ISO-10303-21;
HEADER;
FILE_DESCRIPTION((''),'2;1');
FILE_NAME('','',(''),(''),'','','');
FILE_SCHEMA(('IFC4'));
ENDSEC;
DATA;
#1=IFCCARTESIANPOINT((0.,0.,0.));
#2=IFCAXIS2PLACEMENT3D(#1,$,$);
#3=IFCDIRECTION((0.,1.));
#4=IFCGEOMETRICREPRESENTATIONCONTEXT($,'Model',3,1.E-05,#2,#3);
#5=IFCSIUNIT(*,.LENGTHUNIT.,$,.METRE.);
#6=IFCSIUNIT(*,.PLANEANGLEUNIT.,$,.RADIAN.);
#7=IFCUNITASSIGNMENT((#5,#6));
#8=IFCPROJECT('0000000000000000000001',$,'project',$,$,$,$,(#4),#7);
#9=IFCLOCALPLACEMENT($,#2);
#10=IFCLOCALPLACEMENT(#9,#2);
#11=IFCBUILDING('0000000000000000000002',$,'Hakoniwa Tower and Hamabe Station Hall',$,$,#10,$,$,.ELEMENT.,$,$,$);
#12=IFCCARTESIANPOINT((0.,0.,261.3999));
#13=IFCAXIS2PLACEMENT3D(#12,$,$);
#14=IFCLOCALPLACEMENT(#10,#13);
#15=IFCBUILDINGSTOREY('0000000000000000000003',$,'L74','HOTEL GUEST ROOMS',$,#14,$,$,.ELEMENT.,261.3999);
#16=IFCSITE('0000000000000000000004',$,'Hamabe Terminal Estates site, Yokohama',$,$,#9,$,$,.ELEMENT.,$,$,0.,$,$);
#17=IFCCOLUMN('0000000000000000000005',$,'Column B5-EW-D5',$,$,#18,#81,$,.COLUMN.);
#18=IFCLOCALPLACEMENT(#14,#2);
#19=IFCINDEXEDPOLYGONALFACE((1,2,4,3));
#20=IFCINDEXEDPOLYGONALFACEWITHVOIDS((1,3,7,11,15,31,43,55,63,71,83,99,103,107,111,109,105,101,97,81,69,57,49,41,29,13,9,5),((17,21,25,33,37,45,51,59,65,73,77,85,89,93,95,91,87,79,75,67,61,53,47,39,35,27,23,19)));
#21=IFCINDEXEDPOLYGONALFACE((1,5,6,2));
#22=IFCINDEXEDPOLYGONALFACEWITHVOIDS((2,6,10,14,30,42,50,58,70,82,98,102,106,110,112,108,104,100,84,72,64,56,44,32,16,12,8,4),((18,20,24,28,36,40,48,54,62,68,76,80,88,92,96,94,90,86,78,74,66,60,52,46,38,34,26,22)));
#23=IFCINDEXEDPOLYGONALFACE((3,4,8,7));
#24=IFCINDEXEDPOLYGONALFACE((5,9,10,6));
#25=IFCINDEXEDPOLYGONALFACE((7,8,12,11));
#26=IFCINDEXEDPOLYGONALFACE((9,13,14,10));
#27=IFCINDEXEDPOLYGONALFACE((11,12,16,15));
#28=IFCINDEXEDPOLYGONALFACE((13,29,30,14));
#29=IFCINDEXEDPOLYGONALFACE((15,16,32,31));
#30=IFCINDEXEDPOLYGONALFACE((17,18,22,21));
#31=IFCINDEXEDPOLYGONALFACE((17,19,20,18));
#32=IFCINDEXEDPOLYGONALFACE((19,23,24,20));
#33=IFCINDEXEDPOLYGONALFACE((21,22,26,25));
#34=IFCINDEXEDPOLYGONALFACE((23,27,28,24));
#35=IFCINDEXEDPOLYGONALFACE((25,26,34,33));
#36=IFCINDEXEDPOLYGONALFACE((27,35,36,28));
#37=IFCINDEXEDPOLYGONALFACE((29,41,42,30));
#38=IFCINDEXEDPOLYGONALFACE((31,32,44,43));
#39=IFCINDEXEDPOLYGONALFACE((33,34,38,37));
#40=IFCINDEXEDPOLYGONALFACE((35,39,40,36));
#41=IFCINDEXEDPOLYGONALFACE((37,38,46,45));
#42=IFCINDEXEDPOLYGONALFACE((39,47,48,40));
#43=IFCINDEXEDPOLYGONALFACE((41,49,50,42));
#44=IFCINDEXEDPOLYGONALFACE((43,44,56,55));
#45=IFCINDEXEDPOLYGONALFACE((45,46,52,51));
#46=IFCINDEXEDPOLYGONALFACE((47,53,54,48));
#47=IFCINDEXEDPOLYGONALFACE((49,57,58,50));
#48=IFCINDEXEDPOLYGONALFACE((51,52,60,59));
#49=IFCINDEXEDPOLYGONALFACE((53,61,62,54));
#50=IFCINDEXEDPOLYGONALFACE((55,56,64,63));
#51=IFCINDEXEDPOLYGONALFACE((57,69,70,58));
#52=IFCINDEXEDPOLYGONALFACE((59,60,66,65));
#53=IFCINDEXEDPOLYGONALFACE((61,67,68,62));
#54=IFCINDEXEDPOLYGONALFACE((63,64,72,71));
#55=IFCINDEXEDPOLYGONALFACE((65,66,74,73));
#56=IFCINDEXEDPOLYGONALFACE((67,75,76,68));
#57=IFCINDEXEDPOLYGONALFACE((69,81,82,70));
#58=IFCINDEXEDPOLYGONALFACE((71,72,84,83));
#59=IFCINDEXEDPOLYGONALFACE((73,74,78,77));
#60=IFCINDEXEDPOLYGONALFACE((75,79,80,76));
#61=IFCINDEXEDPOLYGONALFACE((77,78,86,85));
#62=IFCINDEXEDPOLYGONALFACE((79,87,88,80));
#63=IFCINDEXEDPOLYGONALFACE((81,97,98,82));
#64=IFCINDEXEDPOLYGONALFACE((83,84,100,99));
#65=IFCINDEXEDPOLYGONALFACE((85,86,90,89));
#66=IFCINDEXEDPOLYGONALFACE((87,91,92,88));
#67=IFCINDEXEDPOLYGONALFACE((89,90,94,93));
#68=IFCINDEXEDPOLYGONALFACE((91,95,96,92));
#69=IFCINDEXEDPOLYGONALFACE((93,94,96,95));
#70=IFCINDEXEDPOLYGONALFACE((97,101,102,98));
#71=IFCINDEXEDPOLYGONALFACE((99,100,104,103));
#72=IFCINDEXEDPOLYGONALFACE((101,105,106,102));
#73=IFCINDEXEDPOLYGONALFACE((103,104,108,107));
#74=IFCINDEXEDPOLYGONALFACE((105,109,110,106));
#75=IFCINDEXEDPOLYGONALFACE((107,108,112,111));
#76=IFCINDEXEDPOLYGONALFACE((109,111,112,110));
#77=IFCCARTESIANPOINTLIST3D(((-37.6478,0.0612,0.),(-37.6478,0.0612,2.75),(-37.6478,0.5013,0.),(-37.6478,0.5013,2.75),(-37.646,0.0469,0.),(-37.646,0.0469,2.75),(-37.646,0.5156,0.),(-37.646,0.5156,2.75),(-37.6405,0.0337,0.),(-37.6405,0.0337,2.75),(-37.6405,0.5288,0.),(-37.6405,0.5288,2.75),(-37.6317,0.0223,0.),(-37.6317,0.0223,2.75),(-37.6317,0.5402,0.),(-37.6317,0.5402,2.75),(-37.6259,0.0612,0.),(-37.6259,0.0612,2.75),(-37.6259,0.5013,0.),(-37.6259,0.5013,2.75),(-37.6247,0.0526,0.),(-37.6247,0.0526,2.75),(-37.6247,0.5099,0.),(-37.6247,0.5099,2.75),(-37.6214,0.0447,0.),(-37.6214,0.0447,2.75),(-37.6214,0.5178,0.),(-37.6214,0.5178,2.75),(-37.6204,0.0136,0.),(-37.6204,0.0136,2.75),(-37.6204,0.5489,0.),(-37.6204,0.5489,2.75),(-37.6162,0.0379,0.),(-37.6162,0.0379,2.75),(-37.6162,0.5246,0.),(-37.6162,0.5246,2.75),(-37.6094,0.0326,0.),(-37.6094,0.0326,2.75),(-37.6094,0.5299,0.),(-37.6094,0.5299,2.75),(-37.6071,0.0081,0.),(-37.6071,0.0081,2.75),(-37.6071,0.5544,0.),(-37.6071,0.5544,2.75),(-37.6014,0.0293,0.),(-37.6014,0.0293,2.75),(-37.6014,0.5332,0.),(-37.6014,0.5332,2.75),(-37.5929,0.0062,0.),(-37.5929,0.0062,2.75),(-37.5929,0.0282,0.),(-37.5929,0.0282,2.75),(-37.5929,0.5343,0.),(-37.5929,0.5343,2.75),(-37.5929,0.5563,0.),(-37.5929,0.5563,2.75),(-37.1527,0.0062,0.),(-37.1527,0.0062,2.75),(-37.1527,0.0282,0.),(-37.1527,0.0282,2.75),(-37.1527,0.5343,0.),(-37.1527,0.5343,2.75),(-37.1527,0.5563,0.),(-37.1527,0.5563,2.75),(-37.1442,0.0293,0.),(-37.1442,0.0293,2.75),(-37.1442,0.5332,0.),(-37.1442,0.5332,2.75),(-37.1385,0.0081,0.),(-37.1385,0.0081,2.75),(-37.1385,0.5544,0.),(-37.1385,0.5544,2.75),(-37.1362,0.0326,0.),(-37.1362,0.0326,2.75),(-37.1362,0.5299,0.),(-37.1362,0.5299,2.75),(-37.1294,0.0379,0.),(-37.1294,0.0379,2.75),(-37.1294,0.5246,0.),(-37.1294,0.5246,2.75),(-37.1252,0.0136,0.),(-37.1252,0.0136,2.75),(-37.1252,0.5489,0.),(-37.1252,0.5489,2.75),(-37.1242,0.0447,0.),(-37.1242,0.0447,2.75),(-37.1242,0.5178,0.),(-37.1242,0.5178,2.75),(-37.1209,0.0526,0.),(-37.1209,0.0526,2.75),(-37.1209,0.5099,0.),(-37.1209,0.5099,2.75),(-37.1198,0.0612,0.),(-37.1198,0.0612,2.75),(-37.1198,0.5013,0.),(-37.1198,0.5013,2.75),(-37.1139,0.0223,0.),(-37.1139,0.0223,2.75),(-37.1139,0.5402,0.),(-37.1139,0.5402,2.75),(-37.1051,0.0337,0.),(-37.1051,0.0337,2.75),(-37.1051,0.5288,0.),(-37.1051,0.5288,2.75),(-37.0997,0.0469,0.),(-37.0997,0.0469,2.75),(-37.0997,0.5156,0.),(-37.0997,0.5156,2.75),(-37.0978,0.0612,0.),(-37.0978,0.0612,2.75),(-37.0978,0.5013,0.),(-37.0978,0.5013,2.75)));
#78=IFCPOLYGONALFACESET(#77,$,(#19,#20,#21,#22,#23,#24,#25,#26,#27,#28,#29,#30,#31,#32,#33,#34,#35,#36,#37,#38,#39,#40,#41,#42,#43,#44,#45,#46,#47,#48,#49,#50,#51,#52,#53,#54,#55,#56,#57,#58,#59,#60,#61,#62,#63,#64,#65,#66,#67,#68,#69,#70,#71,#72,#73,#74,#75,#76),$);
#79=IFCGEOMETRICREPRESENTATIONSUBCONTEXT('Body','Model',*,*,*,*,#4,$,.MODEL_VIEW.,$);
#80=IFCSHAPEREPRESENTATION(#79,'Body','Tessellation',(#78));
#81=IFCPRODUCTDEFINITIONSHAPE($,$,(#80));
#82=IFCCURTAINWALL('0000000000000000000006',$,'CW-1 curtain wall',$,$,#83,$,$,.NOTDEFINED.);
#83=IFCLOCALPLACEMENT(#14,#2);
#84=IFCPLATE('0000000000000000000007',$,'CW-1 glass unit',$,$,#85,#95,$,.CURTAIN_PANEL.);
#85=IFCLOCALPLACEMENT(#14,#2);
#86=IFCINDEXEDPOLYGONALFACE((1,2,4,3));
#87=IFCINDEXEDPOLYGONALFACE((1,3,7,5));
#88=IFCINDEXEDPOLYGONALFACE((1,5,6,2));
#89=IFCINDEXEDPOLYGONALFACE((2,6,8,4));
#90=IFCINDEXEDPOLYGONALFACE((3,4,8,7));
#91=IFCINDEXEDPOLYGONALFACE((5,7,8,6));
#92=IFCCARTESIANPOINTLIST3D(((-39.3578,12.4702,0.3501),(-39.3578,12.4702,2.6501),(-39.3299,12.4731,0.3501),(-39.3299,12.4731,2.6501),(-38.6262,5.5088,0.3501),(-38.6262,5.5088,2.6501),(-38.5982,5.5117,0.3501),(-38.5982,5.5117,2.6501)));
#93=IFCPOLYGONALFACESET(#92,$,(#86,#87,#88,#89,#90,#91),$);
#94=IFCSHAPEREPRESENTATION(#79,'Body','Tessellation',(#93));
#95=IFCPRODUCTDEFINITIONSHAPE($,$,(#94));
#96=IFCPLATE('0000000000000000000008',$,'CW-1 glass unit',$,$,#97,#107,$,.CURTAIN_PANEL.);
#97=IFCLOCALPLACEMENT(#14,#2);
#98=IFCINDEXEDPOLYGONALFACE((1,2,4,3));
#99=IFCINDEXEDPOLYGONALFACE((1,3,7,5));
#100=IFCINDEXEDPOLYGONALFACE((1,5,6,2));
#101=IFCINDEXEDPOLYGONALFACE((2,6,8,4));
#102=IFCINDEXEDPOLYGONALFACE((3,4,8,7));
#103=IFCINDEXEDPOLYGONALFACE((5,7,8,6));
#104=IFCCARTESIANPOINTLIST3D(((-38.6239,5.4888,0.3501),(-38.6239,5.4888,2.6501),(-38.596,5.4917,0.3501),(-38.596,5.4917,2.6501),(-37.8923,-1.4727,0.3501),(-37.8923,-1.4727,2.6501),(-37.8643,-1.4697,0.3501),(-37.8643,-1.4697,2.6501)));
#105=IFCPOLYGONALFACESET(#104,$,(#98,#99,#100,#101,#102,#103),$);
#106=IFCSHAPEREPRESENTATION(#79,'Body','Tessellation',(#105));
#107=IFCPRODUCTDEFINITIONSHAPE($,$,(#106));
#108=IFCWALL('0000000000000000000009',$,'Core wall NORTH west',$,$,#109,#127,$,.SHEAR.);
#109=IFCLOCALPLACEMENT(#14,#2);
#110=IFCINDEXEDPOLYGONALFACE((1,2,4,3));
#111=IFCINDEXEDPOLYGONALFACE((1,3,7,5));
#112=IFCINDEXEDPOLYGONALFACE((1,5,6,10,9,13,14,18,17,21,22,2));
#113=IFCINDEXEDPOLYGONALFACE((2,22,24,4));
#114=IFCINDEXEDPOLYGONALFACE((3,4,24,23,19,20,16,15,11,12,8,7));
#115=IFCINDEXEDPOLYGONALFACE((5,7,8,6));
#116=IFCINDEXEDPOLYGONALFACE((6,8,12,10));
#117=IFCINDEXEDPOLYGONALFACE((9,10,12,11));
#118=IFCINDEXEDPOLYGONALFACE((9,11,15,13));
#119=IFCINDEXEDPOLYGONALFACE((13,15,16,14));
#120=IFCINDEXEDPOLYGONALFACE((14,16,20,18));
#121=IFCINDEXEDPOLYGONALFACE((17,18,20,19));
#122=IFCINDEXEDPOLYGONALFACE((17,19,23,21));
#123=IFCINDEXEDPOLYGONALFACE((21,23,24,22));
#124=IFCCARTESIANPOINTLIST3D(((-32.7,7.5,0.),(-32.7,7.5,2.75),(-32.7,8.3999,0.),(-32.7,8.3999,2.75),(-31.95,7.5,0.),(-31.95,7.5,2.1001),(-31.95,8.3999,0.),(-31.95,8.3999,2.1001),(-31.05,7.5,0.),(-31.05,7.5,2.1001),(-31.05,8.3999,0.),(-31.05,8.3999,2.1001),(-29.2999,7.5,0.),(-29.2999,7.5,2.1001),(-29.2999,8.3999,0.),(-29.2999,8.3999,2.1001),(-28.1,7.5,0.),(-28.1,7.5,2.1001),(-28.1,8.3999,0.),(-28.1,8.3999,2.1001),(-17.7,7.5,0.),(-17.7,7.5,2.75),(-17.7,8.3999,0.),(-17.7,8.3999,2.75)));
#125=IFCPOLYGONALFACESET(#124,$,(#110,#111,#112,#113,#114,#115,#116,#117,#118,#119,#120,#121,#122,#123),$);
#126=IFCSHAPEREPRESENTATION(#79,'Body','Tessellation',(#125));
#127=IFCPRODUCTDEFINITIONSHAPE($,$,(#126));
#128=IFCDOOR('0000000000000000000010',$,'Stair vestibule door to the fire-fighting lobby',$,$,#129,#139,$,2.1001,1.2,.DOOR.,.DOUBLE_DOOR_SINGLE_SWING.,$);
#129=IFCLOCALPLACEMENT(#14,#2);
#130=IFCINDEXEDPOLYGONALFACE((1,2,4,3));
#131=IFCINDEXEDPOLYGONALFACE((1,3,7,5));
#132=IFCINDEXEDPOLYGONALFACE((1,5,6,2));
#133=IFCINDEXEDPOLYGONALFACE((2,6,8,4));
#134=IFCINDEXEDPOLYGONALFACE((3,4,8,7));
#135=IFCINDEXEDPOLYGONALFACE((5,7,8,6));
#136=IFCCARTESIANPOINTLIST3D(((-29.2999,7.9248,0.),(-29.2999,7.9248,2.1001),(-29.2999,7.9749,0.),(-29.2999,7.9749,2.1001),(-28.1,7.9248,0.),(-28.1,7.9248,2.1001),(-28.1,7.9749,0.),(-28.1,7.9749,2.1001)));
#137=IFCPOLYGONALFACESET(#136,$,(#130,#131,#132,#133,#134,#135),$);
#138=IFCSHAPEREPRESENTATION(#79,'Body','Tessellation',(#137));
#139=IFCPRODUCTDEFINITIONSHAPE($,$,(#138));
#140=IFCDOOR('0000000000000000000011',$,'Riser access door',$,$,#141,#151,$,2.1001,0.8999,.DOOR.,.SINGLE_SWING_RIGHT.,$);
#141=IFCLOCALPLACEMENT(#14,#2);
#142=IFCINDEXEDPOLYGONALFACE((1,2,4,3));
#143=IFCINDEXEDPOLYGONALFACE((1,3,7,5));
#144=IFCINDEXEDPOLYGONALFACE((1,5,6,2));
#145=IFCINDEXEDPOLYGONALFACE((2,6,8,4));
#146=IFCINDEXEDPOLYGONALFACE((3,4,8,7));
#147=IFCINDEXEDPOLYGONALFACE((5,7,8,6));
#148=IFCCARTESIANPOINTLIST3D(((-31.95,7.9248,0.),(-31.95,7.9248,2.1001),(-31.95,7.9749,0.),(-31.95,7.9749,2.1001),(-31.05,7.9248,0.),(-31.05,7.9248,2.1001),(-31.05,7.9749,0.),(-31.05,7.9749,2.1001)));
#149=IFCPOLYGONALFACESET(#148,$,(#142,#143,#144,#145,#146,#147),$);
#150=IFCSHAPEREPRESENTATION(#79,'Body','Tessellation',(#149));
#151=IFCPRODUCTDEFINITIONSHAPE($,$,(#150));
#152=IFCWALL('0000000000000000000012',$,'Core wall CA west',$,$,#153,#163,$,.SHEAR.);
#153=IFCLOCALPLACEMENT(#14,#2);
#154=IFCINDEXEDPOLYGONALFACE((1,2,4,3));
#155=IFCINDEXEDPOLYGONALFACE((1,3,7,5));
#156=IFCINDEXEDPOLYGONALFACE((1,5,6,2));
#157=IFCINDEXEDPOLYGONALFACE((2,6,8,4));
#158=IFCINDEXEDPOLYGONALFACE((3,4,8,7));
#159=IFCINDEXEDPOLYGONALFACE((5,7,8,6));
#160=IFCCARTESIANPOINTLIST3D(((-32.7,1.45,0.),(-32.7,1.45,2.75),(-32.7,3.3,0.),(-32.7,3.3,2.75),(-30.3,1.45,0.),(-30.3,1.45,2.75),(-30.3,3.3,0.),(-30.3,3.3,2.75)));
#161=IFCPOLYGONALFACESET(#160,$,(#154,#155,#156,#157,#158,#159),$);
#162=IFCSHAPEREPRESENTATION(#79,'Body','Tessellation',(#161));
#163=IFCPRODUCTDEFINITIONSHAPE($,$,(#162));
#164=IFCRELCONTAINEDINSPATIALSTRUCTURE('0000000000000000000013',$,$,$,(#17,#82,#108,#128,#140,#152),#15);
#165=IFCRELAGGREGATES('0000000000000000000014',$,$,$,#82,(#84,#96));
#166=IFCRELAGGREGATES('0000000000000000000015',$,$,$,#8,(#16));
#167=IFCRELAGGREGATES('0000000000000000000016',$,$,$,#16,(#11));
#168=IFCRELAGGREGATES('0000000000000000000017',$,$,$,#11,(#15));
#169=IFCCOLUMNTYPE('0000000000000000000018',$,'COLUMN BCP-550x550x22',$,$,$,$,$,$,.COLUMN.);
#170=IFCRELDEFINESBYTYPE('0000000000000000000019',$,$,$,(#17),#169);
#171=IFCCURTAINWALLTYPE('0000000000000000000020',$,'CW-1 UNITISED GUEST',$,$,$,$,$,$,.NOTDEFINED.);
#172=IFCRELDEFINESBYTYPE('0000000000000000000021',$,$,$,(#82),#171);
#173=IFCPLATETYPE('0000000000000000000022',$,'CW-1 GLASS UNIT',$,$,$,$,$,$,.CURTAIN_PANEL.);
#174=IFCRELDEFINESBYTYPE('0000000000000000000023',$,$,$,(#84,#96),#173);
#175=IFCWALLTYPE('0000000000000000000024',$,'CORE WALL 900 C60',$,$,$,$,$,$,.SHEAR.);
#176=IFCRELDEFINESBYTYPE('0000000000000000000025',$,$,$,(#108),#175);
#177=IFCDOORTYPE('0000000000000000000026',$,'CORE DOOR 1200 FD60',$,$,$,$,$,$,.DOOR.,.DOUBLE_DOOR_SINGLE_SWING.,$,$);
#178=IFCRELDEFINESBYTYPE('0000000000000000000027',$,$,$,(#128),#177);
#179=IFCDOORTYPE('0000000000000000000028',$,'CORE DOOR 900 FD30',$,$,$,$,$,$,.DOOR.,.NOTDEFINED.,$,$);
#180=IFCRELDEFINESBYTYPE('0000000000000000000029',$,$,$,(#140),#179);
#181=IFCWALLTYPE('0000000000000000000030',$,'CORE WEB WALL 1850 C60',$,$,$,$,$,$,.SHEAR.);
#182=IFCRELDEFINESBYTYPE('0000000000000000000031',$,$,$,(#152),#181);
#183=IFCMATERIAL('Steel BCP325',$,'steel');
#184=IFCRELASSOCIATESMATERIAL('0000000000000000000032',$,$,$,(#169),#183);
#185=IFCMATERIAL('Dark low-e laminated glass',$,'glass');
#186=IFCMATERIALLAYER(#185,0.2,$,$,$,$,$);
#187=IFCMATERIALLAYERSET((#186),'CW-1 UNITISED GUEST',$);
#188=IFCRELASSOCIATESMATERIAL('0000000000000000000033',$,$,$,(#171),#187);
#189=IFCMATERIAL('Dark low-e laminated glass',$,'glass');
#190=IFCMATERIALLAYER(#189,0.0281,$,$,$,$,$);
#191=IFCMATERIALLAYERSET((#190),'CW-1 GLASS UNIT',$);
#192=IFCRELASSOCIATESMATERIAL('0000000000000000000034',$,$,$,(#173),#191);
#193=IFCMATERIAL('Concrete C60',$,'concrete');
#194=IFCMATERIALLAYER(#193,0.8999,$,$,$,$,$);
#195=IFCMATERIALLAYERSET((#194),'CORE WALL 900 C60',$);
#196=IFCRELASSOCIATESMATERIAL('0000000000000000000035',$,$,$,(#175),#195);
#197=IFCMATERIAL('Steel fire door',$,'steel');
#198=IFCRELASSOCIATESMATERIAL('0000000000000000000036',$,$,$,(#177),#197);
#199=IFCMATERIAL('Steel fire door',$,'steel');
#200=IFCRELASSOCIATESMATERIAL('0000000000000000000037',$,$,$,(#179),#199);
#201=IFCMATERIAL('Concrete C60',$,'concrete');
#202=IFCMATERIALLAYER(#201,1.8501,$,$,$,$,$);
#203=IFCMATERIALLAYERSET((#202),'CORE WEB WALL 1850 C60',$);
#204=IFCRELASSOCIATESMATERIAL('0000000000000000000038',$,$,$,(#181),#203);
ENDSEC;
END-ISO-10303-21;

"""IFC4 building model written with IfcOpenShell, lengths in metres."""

from ifc_helpers import new_model, si_unit, direction, frame, frame_2d, origin, origin_2d, place, context, subcontext, project, spatial, rectangle, hollow_rectangle, extrude, material, layer, layer_set, material_profile, profile_set, type_object, element, fill, aggregate, save


model = new_model("IFC4")

# Units and contexts
model_context = context("Model", 3, precision=1e-05, world=origin(), true_north=direction((0.0, 1.0)))
body_context = subcontext(model_context, "Body", "Model", "MODEL_VIEW")
ifc_project = project(units=[si_unit("LENGTHUNIT", "METRE"), si_unit("PLANEANGLEUNIT", "RADIAN")], contexts=[model_context])

# Site, building, storey
site_placement = place(None, origin())
site = spatial("IfcSite", under=ifc_project, at=site_placement, Name="Hamabe Terminal Estates site, Yokohama", CompositionType="ELEMENT", RefElevation=0.0)
building_placement = place(site_placement, origin())
building = spatial("IfcBuilding", under=site, at=building_placement, Name="Hakoniwa Tower and Hamabe Station Hall", CompositionType="ELEMENT")
storey_placement = place(building_placement, frame((0.0, 0.0, 261.3999)))
storey = spatial("IfcBuildingStorey", under=building, at=storey_placement, Name="L74", Description="HOTEL GUEST ROOMS", CompositionType="ELEMENT", Elevation=261.3999)

# Column
ifc_material_1 = material(Name="Steel BCP325", Category="steel")
ifc_material_profile = material_profile(ifc_material_1, hollow_rectangle(XDim=0.55, YDim=0.55, WallThickness=0.022, InnerFilletRadius=0.033, OuterFilletRadius=0.0549, at=origin_2d()), Name="BCP-550x550x22")
ifc_profile_set = profile_set([ifc_material_profile], Name="Steel BCP325")
column_type = type_object("IfcColumnType", Name="COLUMN BCP-550x550x22", PredefinedType="COLUMN", material=ifc_profile_set)
column_placement = place(storey_placement, frame((-37.3728, 0.2812, 0.0), z_axis=(0.0, 0.0, 1.0), x_axis=(1.0, 0.0, 0.0)))
element("IfcColumn", 1, at=column_placement, inside=storey, type_object=column_type, Name="Column B5-EW-D5", PredefinedType="COLUMN", context=body_context, shape_type="SweptSolid", body=[
    extrude(hollow_rectangle(XDim=0.55, YDim=0.55, WallThickness=0.022, InnerFilletRadius=0.033, OuterFilletRadius=0.0549, at=origin_2d()), origin(), (0.0, 0.0, 1.0), 2.75),
])

# Curtain wall, plates
ifc_material_2 = material(Name="Dark low-e laminated glass", Category="glass")
ifc_layer_1 = layer(ifc_material_2, 0.2)
ifc_layer_set_1 = layer_set([ifc_layer_1], Name="CW-1 UNITISED GUEST")
curtain_wall_type = type_object("IfcCurtainWallType", Name="CW-1 UNITISED GUEST", PredefinedType="NOTDEFINED", material=ifc_layer_set_1)
curtain_wall_placement = place(storey_placement, origin())
curtain_wall = element("IfcCurtainWall", 2, at=curtain_wall_placement, inside=storey, type_object=curtain_wall_type, Name="CW-1 curtain wall", PredefinedType="NOTDEFINED")
ifc_material_3 = material(Name="Dark low-e laminated glass", Category="glass")
ifc_layer_2 = layer(ifc_material_3, 0.0281)
ifc_layer_set_2 = layer_set([ifc_layer_2], Name="CW-1 GLASS UNIT")
plate_type = type_object("IfcPlateType", Name="CW-1 GLASS UNIT", PredefinedType="CURTAIN_PANEL", material=ifc_layer_set_2)
plate_1_placement = place(storey_placement, frame((-38.978, 8.991, 0.3501), z_axis=(0.0, 0.0, 1.0), x_axis=(0.104528, -0.994522, 0.0)))
plate_1 = element("IfcPlate", 3, at=plate_1_placement, type_object=plate_type, Name="CW-1 glass unit", PredefinedType="CURTAIN_PANEL", context=body_context, shape_type="SweptSolid", body=[
    extrude(rectangle(XDim=6.9998, YDim=0.0281, at=origin_2d()), origin(), (0.0, 0.0, 1.0), 2.3),
])
plate_2_placement = place(storey_placement, frame((-38.2441, 2.0095, 0.3501), z_axis=(0.0, 0.0, 1.0), x_axis=(0.104528, -0.994522, 0.0)))
plate_2 = element("IfcPlate", 4, at=plate_2_placement, type_object=plate_type, Name="CW-1 glass unit", PredefinedType="CURTAIN_PANEL", context=body_context, shape_type="SweptSolid", body=[
    extrude(rectangle(XDim=6.9998, YDim=0.0281, at=origin_2d()), origin(), (0.0, 0.0, 1.0), 2.3),
])
aggregate(curtain_wall, [plate_1, plate_2])

# Wall, openings, doors
ifc_material_4 = material(Name="Concrete C60", Category="concrete")
ifc_layer_3 = layer(ifc_material_4, 0.8999)
ifc_layer_set_3 = layer_set([ifc_layer_3], Name="CORE WALL 900 C60")
wall_type_1 = type_object("IfcWallType", Name="CORE WALL 900 C60", PredefinedType="SHEAR", material=ifc_layer_set_3)
wall_1_placement = place(storey_placement, frame((-32.7, 7.95, 0.0), z_axis=(0.0, 0.0, 1.0), x_axis=(1.0, 0.0, 0.0)))
wall_1 = element("IfcWall", 5, at=wall_1_placement, inside=storey, type_object=wall_type_1, Name="Core wall NORTH west", PredefinedType="SHEAR", context=body_context, shape_type="SweptSolid", body=[
    extrude(rectangle(XDim=15.0, YDim=0.8999, at=frame_2d((7.5, 0.0))), origin(), (0.0, 0.0, 1.0), 2.75),
])
opening_1_placement = place(wall_1_placement, frame((3.3999, 0.0, 0.0)))
opening_1 = element("IfcOpeningElement", 6, at=opening_1_placement, cuts=wall_1, PredefinedType="OPENING", context=body_context, shape_type="SweptSolid", body=[
    extrude(rectangle(XDim=1.2, YDim=2.1001, at=frame_2d((0.6001, 1.05))), frame((0.0, 0.46, 0.0), z_axis=(0.0, -1.0, 0.0), x_axis=(1.0, 0.0, 0.0)), (0.0, 0.0, 1.0), 0.9199),
])
opening_2_placement = place(wall_1_placement, frame((0.75, 0.0, 0.0)))
opening_2 = element("IfcOpeningElement", 7, at=opening_2_placement, cuts=wall_1, PredefinedType="OPENING", context=body_context, shape_type="SweptSolid", body=[
    extrude(rectangle(XDim=0.8999, YDim=2.1001, at=frame_2d((0.45, 1.05))), frame((0.0, 0.46, 0.0), z_axis=(0.0, -1.0, 0.0), x_axis=(1.0, 0.0, 0.0)), (0.0, 0.0, 1.0), 0.9199),
])
ifc_material_5 = material(Name="Steel fire door", Category="steel")
door_type_1 = type_object("IfcDoorType", Name="CORE DOOR 1200 FD60", OperationType="DOUBLE_DOOR_SINGLE_SWING", PredefinedType="DOOR", material=ifc_material_5)
door_1_placement = place(opening_1_placement, origin())
door_1 = element("IfcDoor", 8, at=door_1_placement, inside=storey, type_object=door_type_1, Name="Stair vestibule door to the fire-fighting lobby", OperationType="DOUBLE_DOOR_SINGLE_SWING", OverallHeight=2.1001, OverallWidth=1.2, PredefinedType="DOOR", context=body_context, shape_type="SweptSolid", body=[
    extrude(rectangle(XDim=1.2, YDim=2.1001, at=frame_2d((0.6001, 1.05))), frame((0.0, 0.0249, 0.0), z_axis=(0.0, -1.0, 0.0), x_axis=(1.0, 0.0, 0.0)), (0.0, 0.0, 1.0), 0.05),
])
fill(opening_1, door_1)
ifc_material_6 = material(Name="Steel fire door", Category="steel")
door_type_2 = type_object("IfcDoorType", Name="CORE DOOR 900 FD30", OperationType="NOTDEFINED", PredefinedType="DOOR", material=ifc_material_6)
door_2_placement = place(opening_2_placement, origin())
door_2 = element("IfcDoor", 9, at=door_2_placement, inside=storey, type_object=door_type_2, Name="Riser access door", OperationType="SINGLE_SWING_RIGHT", OverallHeight=2.1001, OverallWidth=0.8999, PredefinedType="DOOR", context=body_context, shape_type="SweptSolid", body=[
    extrude(rectangle(XDim=0.8999, YDim=2.1001, at=frame_2d((0.45, 1.05))), frame((0.0, 0.0249, 0.0), z_axis=(0.0, -1.0, 0.0), x_axis=(1.0, 0.0, 0.0)), (0.0, 0.0, 1.0), 0.05),
])
fill(opening_2, door_2)

# Wall
ifc_material_7 = material(Name="Concrete C60", Category="concrete")
ifc_layer_4 = layer(ifc_material_7, 1.8501)
ifc_layer_set_4 = layer_set([ifc_layer_4], Name="CORE WEB WALL 1850 C60")
wall_type_2 = type_object("IfcWallType", Name="CORE WEB WALL 1850 C60", PredefinedType="SHEAR", material=ifc_layer_set_4)
wall_2_placement = place(storey_placement, frame((-32.7, 2.375, 0.0), z_axis=(0.0, 0.0, 1.0), x_axis=(1.0, 0.0, 0.0)))
element("IfcWall", 10, at=wall_2_placement, inside=storey, type_object=wall_type_2, Name="Core wall CA west", PredefinedType="SHEAR", context=body_context, shape_type="SweptSolid", body=[
    extrude(rectangle(XDim=2.3999, YDim=1.8501, at=frame_2d((1.2, 0.0))), origin(), (0.0, 0.0, 1.0), 2.75),
])

save(model, "model.ifc")
